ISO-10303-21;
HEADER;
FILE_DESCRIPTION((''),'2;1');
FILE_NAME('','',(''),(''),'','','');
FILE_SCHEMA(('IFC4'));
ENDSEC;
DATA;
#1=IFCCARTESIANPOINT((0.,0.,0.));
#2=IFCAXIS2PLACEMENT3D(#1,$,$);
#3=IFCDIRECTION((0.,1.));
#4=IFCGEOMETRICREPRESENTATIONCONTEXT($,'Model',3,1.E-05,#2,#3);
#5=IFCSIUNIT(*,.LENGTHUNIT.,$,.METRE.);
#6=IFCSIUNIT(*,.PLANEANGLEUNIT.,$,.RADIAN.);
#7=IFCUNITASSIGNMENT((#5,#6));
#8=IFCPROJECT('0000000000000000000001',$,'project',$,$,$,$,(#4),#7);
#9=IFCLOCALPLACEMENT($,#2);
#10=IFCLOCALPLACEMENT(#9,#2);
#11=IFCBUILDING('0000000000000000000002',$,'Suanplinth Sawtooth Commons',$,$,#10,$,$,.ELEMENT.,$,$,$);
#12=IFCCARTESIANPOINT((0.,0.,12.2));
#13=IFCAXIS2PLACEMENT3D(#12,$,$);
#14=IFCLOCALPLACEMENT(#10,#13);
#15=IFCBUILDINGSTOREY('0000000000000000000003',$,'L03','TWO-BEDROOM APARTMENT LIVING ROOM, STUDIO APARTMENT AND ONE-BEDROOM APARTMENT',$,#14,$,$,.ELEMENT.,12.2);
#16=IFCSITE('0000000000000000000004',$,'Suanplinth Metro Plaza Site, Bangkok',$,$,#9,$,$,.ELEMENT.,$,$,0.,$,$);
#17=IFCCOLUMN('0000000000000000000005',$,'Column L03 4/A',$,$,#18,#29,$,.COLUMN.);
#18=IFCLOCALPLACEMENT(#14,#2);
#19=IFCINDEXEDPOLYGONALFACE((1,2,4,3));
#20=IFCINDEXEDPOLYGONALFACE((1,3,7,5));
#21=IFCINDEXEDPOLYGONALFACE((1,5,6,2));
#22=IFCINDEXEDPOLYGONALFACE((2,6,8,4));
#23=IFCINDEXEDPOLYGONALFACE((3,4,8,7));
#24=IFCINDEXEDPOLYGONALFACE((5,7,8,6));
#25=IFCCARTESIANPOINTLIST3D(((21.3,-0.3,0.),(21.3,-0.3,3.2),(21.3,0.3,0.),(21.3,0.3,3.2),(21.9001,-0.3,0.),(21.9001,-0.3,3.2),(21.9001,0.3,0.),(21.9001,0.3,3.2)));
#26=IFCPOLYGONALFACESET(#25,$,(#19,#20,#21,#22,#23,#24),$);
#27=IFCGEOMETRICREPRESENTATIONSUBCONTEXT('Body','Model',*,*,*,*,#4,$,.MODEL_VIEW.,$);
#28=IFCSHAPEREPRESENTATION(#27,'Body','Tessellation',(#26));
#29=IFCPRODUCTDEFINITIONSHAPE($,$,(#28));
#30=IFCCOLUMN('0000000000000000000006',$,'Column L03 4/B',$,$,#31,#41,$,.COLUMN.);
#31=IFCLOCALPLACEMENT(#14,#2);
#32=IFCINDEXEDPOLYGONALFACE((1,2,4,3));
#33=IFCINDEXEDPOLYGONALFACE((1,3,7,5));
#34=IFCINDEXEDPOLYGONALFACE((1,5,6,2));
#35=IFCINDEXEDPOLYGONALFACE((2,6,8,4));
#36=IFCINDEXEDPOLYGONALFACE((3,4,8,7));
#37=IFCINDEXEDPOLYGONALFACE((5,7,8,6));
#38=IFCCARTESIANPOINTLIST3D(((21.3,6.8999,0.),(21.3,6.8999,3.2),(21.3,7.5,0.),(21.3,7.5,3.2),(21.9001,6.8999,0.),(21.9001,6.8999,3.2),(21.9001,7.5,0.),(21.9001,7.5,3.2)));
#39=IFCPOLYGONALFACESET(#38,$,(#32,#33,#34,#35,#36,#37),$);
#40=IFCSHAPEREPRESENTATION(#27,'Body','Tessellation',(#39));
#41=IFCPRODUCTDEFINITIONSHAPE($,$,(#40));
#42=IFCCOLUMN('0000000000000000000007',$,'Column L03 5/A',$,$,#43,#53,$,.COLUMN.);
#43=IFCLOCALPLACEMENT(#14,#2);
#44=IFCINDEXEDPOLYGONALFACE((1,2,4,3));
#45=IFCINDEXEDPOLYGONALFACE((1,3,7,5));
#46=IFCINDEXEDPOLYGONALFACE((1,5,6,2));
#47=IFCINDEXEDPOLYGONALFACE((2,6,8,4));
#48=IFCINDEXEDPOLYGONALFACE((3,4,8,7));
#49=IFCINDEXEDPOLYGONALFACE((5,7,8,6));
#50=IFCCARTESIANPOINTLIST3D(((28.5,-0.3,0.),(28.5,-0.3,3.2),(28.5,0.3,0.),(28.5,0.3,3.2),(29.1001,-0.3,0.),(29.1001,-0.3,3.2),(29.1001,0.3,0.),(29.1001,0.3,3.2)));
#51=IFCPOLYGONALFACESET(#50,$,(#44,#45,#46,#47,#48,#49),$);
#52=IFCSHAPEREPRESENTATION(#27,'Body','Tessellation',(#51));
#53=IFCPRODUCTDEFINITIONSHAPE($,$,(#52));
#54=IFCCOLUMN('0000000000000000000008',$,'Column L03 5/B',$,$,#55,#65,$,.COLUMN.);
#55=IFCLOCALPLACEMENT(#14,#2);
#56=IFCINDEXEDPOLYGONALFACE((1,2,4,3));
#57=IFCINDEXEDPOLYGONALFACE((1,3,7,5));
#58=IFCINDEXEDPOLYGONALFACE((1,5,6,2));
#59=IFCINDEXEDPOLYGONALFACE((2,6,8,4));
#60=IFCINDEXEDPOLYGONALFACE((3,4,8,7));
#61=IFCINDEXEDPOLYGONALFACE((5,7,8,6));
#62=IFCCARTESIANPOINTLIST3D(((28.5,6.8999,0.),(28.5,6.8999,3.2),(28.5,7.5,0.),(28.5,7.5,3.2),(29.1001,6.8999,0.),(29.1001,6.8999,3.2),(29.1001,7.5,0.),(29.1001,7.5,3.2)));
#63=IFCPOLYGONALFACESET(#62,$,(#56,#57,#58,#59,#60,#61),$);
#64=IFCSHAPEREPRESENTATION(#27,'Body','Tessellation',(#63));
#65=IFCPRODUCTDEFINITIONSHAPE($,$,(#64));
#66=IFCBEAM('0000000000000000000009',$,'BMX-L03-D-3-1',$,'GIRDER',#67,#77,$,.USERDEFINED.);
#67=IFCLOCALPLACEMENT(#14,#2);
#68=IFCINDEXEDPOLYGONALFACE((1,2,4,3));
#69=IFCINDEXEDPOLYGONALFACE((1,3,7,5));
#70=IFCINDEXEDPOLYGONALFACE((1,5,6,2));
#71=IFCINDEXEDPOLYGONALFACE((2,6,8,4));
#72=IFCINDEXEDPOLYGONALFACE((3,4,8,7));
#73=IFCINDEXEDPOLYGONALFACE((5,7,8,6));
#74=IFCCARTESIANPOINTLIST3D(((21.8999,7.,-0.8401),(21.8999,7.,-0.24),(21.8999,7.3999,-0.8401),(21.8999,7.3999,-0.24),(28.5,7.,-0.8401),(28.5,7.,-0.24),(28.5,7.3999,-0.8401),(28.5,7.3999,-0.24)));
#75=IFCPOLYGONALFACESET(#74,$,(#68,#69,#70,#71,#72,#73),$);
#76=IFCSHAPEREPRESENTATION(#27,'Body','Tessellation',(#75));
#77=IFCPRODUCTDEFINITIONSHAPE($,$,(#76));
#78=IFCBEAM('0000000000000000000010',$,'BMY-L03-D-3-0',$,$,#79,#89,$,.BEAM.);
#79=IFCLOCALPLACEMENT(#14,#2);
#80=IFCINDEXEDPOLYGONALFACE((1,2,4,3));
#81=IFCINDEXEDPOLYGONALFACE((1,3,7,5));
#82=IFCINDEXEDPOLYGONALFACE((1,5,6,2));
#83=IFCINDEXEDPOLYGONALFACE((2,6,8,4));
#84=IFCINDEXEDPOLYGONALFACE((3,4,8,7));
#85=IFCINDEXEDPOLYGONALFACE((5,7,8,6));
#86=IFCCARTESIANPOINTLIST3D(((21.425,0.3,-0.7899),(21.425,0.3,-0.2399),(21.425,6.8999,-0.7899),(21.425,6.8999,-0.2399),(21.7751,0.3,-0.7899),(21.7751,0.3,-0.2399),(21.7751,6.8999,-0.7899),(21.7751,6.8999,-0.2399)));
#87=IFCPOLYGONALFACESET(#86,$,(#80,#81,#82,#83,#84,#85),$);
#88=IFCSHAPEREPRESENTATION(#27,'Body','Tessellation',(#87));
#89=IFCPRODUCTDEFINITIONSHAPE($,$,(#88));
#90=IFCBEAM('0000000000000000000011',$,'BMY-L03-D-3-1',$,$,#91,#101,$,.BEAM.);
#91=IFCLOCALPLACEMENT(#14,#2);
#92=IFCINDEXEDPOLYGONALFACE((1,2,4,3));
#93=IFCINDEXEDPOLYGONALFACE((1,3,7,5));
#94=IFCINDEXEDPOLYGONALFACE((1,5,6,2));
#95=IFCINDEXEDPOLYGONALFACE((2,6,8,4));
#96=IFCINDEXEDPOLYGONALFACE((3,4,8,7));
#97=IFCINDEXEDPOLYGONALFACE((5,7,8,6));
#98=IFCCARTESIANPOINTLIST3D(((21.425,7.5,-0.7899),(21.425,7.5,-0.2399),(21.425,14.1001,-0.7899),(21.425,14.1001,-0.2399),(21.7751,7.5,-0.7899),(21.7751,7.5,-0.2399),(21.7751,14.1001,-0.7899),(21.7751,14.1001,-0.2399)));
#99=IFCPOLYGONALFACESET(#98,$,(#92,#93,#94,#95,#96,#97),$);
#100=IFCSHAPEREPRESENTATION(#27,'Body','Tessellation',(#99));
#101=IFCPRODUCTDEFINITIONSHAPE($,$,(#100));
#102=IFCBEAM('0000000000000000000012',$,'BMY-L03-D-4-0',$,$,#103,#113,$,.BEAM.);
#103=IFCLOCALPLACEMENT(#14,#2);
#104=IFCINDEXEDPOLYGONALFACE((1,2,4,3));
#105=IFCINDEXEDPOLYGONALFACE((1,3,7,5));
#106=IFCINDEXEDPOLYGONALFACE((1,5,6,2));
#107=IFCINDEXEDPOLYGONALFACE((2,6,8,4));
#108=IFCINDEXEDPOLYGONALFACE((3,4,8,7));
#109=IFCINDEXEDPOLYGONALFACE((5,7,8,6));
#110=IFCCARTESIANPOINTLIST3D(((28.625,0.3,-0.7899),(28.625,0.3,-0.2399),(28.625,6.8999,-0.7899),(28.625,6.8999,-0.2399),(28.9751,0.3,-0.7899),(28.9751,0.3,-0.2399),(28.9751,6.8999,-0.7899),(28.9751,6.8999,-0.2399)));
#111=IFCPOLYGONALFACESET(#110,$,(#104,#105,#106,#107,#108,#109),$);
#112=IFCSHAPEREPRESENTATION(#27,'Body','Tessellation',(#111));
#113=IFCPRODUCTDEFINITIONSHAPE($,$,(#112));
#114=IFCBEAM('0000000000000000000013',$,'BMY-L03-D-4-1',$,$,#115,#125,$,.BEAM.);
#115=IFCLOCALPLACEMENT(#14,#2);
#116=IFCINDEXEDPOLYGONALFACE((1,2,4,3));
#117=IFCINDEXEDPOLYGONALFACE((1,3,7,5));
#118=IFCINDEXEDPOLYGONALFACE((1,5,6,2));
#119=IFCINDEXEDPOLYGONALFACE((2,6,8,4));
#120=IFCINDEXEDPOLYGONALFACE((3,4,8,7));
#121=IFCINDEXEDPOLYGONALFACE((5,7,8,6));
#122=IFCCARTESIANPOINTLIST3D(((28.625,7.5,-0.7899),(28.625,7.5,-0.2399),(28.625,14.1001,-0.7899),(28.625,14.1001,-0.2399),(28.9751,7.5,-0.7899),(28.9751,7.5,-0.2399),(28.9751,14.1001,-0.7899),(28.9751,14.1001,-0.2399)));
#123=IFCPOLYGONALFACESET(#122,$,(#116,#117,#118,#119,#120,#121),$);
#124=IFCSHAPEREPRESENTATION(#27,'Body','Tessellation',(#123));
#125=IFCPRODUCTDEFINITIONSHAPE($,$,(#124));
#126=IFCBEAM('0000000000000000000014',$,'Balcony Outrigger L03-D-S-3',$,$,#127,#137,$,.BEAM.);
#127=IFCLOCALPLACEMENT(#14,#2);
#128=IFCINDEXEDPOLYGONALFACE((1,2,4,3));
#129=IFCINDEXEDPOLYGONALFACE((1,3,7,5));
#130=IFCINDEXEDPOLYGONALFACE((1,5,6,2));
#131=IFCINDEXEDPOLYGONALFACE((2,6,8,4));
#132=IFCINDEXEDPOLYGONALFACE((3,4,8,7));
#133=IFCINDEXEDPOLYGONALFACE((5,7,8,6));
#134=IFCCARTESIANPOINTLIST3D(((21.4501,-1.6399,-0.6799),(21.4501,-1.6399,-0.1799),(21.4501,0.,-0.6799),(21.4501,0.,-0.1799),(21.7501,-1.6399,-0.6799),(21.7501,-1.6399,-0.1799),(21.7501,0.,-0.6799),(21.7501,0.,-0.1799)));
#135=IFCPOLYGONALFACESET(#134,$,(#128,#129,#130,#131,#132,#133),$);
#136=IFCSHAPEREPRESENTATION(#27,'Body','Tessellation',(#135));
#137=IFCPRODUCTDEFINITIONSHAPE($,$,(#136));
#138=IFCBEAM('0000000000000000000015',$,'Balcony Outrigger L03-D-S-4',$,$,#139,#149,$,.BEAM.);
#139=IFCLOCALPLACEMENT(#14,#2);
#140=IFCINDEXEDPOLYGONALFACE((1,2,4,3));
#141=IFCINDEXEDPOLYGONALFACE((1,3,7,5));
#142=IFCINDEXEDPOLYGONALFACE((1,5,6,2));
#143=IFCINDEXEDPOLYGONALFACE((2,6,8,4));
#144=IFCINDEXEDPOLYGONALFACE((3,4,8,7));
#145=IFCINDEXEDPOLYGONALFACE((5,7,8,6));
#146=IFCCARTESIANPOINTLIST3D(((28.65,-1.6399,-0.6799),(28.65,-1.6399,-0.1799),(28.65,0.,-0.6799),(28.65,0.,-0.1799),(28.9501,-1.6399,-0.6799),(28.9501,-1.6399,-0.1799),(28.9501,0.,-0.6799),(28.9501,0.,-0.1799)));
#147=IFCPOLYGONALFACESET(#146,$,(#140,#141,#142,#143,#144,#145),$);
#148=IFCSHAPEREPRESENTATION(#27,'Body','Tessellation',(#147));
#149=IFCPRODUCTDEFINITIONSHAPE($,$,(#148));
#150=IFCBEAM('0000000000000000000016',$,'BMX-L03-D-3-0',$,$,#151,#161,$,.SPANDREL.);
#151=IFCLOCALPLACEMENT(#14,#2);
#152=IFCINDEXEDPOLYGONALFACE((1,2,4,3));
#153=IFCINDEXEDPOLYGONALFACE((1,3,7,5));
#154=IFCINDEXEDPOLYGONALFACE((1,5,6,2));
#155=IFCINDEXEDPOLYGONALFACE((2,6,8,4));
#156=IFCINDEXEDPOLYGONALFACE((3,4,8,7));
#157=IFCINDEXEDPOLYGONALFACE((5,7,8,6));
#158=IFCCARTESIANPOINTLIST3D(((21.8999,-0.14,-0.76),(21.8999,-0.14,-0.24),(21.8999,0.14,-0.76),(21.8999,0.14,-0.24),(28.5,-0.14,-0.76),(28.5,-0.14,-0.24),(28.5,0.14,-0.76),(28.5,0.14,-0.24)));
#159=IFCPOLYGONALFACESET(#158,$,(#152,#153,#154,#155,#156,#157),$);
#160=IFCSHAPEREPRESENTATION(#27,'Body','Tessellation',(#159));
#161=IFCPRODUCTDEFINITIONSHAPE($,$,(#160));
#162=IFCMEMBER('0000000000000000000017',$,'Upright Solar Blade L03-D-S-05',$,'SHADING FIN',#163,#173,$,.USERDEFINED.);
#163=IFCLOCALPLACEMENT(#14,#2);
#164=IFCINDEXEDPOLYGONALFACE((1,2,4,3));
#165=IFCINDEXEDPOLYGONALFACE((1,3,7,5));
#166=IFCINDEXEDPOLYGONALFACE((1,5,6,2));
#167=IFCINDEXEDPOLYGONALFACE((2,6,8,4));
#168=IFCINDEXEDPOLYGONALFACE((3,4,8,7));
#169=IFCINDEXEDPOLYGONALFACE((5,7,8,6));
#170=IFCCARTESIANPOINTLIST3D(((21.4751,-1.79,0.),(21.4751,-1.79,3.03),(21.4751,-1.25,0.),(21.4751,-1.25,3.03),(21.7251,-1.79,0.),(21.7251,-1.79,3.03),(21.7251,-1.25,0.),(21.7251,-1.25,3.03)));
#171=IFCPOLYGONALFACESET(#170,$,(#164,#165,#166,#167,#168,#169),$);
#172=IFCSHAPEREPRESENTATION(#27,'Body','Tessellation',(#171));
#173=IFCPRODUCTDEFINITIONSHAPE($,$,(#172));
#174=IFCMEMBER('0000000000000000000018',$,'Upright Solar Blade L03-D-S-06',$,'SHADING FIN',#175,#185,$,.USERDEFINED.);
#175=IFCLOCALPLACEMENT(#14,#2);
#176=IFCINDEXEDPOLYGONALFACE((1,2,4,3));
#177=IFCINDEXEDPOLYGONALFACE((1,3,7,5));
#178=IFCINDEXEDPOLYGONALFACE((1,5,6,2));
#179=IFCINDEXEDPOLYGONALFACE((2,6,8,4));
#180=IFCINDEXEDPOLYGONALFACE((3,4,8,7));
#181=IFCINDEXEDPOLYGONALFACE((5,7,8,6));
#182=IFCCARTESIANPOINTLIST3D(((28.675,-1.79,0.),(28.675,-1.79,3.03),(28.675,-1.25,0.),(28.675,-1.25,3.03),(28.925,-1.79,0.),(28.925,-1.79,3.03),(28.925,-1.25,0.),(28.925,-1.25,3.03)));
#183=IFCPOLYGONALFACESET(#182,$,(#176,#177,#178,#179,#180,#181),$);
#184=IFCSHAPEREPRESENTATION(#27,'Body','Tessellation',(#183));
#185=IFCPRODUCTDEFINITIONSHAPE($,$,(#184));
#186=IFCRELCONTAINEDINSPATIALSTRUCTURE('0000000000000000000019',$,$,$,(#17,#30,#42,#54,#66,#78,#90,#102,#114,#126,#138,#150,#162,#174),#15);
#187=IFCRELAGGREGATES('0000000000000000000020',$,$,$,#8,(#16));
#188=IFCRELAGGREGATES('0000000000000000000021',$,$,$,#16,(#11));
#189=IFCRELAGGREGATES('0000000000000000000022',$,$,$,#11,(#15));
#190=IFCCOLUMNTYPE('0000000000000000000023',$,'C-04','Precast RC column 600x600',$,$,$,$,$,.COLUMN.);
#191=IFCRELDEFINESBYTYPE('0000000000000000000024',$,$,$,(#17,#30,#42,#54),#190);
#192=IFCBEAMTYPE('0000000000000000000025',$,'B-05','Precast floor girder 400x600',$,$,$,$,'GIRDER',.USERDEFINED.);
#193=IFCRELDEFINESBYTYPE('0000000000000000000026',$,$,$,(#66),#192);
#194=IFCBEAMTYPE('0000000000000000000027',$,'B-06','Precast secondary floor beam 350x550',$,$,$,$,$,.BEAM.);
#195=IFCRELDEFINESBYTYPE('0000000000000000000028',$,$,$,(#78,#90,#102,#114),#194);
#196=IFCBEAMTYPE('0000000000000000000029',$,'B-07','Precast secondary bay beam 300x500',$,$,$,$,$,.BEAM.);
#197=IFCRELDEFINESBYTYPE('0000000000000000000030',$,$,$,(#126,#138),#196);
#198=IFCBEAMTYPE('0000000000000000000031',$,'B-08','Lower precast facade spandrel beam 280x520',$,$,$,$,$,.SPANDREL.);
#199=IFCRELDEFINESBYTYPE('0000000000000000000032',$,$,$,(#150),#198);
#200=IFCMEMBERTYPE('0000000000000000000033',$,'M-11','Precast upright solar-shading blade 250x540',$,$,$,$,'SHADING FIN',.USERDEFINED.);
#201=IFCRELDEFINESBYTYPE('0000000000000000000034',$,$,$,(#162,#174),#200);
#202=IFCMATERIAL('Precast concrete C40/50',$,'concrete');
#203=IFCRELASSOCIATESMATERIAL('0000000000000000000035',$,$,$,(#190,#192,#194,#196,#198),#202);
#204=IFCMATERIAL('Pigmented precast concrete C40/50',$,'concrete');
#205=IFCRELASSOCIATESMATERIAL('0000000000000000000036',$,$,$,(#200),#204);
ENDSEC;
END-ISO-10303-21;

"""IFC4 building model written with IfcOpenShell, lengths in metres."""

from ifc_helpers import new_model, si_unit, direction, frame, origin, origin_2d, place, context, subcontext, project, spatial, rectangle, extrude, material, material_profile, profile_set, type_object, element, save


model = new_model("IFC4")

# Units and contexts
model_context = context("Model", 3, precision=1e-05, world=origin(), true_north=direction((0.0, 1.0)))
body_context = subcontext(model_context, "Body", "Model", "MODEL_VIEW")
ifc_project = project(units=[si_unit("LENGTHUNIT", "METRE"), si_unit("PLANEANGLEUNIT", "RADIAN")], contexts=[model_context])

# Site, building, storey
site_placement = place(None, origin())
site = spatial("IfcSite", under=ifc_project, at=site_placement, Name="Suanplinth Metro Plaza Site, Bangkok", CompositionType="ELEMENT", RefElevation=0.0)
building_placement = place(site_placement, origin())
building = spatial("IfcBuilding", under=site, at=building_placement, Name="Suanplinth Sawtooth Commons", CompositionType="ELEMENT")
storey_placement = place(building_placement, frame((0.0, 0.0, 12.2)))
storey = spatial("IfcBuildingStorey", under=building, at=storey_placement, Name="L03", Description="TWO-BEDROOM APARTMENT LIVING ROOM, STUDIO APARTMENT AND ONE-BEDROOM APARTMENT", CompositionType="ELEMENT", Elevation=12.2)

# Columns
ifc_material_1 = material(Name="Precast concrete C40/50", Category="concrete")
ifc_material_profile_1 = material_profile(ifc_material_1, rectangle(XDim=0.6001, YDim=0.6001, at=origin_2d()), Name="PC-COL 600x600")
ifc_profile_set_1 = profile_set([ifc_material_profile_1], Name="Precast concrete C40/50")
column_type = type_object("IfcColumnType", Name="C-04", Description="Precast RC column 600x600", PredefinedType="COLUMN", material=ifc_profile_set_1)
for number, where, z_axis, x_axis, name in (
    (1, (21.6001, 0.0, 0.0), (0.0, 0.0, 1.0), (1.0, 0.0, 0.0), "Column L03 4/A"),
    (2, (21.6001, 7.2, 0.0), (0.0, 0.0, 1.0), (1.0, 0.0, 0.0), "Column L03 4/B"),
    (3, (28.8, 0.0, 0.0), (0.0, 0.0, 1.0), (1.0, 0.0, 0.0), "Column L03 5/A"),
    (4, (28.8, 7.2, 0.0), (0.0, 0.0, 1.0), (1.0, 0.0, 0.0), "Column L03 5/B"),
):
    element("IfcColumn", number, at=place(storey_placement, frame(where, z_axis=z_axis, x_axis=x_axis)), inside=storey, type_object=column_type, Name=name, PredefinedType="COLUMN", context=body_context, shape_type="SweptSolid", body=[
        extrude(rectangle(XDim=0.6001, YDim=0.6001, at=origin_2d()), origin(), (0.0, 0.0, 1.0), 3.2),
    ])

# Beams
ifc_material_profile_2 = material_profile(ifc_material_1, rectangle(XDim=0.3999, YDim=0.6001, at=origin_2d()), Name="PC-GDR 400x600")
ifc_profile_set_2 = profile_set([ifc_material_profile_2], Name="Precast concrete C40/50")
beam_type_1 = type_object("IfcBeamType", Name="B-05", Description="Precast floor girder 400x600", ElementType="GIRDER", PredefinedType="USERDEFINED", material=ifc_profile_set_2)
beam_1_placement = place(storey_placement, frame((21.8999, 7.2, -0.54), z_axis=(1.0, 0.0, 0.0), x_axis=(0.0, 1.0, 0.0)))
element("IfcBeam", 5, at=beam_1_placement, inside=storey, type_object=beam_type_1, Name="BMX-L03-D-3-1", ObjectType="GIRDER", PredefinedType="USERDEFINED", context=body_context, shape_type="SweptSolid", body=[
    extrude(rectangle(XDim=0.3999, YDim=0.6001, at=origin_2d()), origin(), (0.0, 0.0, 1.0), 6.6001),
])
ifc_material_profile_3 = material_profile(ifc_material_1, rectangle(XDim=0.3501, YDim=0.55, at=origin_2d()), Name="PC-BM 350x550")
ifc_profile_set_3 = profile_set([ifc_material_profile_3], Name="Precast concrete C40/50")
beam_type_2 = type_object("IfcBeamType", Name="B-06", Description="Precast secondary floor beam 350x550", PredefinedType="BEAM", material=ifc_profile_set_3)
beam_2_placement = place(storey_placement, frame((21.6001, 0.3, -0.5149), z_axis=(0.0, 1.0, 0.0), x_axis=(-1.0, 0.0, 0.0)))
element("IfcBeam", 6, at=beam_2_placement, inside=storey, type_object=beam_type_2, Name="BMY-L03-D-3-0", PredefinedType="BEAM", context=body_context, shape_type="SweptSolid", body=[
    extrude(rectangle(XDim=0.3501, YDim=0.55, at=origin_2d()), origin(), (0.0, 0.0, 1.0), 6.5999),
])
beam_3_placement = place(storey_placement, frame((21.6001, 7.5, -0.5149), z_axis=(0.0, 1.0, 0.0), x_axis=(-1.0, 0.0, 0.0)))
element("IfcBeam", 7, at=beam_3_placement, inside=storey, type_object=beam_type_2, Name="BMY-L03-D-3-1", PredefinedType="BEAM", context=body_context, shape_type="SweptSolid", body=[
    extrude(rectangle(XDim=0.3501, YDim=0.55, at=origin_2d()), origin(), (0.0, 0.0, 1.0), 6.6001),
])
beam_4_placement = place(storey_placement, frame((28.8, 0.3, -0.5149), z_axis=(0.0, 1.0, 0.0), x_axis=(-1.0, 0.0, 0.0)))
element("IfcBeam", 8, at=beam_4_placement, inside=storey, type_object=beam_type_2, Name="BMY-L03-D-4-0", PredefinedType="BEAM", context=body_context, shape_type="SweptSolid", body=[
    extrude(rectangle(XDim=0.3501, YDim=0.55, at=origin_2d()), origin(), (0.0, 0.0, 1.0), 6.5999),
])
beam_5_placement = place(storey_placement, frame((28.8, 7.5, -0.5149), z_axis=(0.0, 1.0, 0.0), x_axis=(-1.0, 0.0, 0.0)))
element("IfcBeam", 9, at=beam_5_placement, inside=storey, type_object=beam_type_2, Name="BMY-L03-D-4-1", PredefinedType="BEAM", context=body_context, shape_type="SweptSolid", body=[
    extrude(rectangle(XDim=0.3501, YDim=0.55, at=origin_2d()), origin(), (0.0, 0.0, 1.0), 6.6001),
])
ifc_material_profile_4 = material_profile(ifc_material_1, rectangle(XDim=0.3, YDim=0.5, at=origin_2d()), Name="PC-BM 300x500")
ifc_profile_set_4 = profile_set([ifc_material_profile_4], Name="Precast concrete C40/50")
beam_type_3 = type_object("IfcBeamType", Name="B-07", Description="Precast secondary bay beam 300x500", PredefinedType="BEAM", material=ifc_profile_set_4)
for number, where, z_axis, x_axis, name in (
    (10, (21.6001, 0.0, -0.4299), (0.0, -1.0, 0.0), (1.0, 0.0, 0.0), "Balcony Outrigger L03-D-S-3"),
    (11, (28.8, 0.0, -0.4299), (0.0, -1.0, 0.0), (1.0, 0.0, 0.0), "Balcony Outrigger L03-D-S-4"),
):
    element("IfcBeam", number, at=place(storey_placement, frame(where, z_axis=z_axis, x_axis=x_axis)), inside=storey, type_object=beam_type_3, Name=name, PredefinedType="BEAM", context=body_context, shape_type="SweptSolid", body=[
        extrude(rectangle(XDim=0.3, YDim=0.5, at=origin_2d()), origin(), (0.0, 0.0, 1.0), 1.6399),
    ])
ifc_material_profile_5 = material_profile(ifc_material_1, rectangle(XDim=0.28, YDim=0.52, at=origin_2d()), Name="PC-SP 280x520")
ifc_profile_set_5 = profile_set([ifc_material_profile_5], Name="Precast concrete C40/50")
beam_type_4 = type_object("IfcBeamType", Name="B-08", Description="Lower precast facade spandrel beam 280x520", PredefinedType="SPANDREL", material=ifc_profile_set_5)
beam_6_placement = place(storey_placement, frame((21.8999, 0.0, -0.5), z_axis=(1.0, 0.0, 0.0), x_axis=(0.0, 1.0, 0.0)))
element("IfcBeam", 12, at=beam_6_placement, inside=storey, type_object=beam_type_4, Name="BMX-L03-D-3-0", PredefinedType="SPANDREL", context=body_context, shape_type="SweptSolid", body=[
    extrude(rectangle(XDim=0.28, YDim=0.52, at=origin_2d()), origin(), (0.0, 0.0, 1.0), 6.6001),
])

# Members
ifc_material_2 = material(Name="Pigmented precast concrete C40/50", Category="concrete")
ifc_material_profile_6 = material_profile(ifc_material_2, rectangle(XDim=0.25, YDim=0.54, at=origin_2d()), Name="PC-FIN 250x540")
ifc_profile_set_6 = profile_set([ifc_material_profile_6], Name="Pigmented precast concrete C40/50")
member_type_1 = type_object("IfcMemberType", Name="M-11", Description="Precast upright solar-shading blade 250x540", ElementType="SHADING FIN", PredefinedType="USERDEFINED", material=ifc_profile_set_6)
for number, where, z_axis, x_axis, name in (
    (13, (21.6001, -1.52, 0.0), (0.0, 0.0, 1.0), (1.0, 0.0, 0.0), "Upright Solar Blade L03-D-S-05"),
    (14, (28.8, -1.52, 0.0), (0.0, 0.0, 1.0), (1.0, 0.0, 0.0), "Upright Solar Blade L03-D-S-06"),
):
    element("IfcMember", number, at=place(storey_placement, frame(where, z_axis=z_axis, x_axis=x_axis)), inside=storey, type_object=member_type_1, Name=name, ObjectType="SHADING FIN", PredefinedType="USERDEFINED", context=body_context, shape_type="SweptSolid", body=[
        extrude(rectangle(XDim=0.25, YDim=0.54, at=origin_2d()), origin(), (0.0, 0.0, 1.0), 3.03),
    ])

save(model, "model.ifc")
